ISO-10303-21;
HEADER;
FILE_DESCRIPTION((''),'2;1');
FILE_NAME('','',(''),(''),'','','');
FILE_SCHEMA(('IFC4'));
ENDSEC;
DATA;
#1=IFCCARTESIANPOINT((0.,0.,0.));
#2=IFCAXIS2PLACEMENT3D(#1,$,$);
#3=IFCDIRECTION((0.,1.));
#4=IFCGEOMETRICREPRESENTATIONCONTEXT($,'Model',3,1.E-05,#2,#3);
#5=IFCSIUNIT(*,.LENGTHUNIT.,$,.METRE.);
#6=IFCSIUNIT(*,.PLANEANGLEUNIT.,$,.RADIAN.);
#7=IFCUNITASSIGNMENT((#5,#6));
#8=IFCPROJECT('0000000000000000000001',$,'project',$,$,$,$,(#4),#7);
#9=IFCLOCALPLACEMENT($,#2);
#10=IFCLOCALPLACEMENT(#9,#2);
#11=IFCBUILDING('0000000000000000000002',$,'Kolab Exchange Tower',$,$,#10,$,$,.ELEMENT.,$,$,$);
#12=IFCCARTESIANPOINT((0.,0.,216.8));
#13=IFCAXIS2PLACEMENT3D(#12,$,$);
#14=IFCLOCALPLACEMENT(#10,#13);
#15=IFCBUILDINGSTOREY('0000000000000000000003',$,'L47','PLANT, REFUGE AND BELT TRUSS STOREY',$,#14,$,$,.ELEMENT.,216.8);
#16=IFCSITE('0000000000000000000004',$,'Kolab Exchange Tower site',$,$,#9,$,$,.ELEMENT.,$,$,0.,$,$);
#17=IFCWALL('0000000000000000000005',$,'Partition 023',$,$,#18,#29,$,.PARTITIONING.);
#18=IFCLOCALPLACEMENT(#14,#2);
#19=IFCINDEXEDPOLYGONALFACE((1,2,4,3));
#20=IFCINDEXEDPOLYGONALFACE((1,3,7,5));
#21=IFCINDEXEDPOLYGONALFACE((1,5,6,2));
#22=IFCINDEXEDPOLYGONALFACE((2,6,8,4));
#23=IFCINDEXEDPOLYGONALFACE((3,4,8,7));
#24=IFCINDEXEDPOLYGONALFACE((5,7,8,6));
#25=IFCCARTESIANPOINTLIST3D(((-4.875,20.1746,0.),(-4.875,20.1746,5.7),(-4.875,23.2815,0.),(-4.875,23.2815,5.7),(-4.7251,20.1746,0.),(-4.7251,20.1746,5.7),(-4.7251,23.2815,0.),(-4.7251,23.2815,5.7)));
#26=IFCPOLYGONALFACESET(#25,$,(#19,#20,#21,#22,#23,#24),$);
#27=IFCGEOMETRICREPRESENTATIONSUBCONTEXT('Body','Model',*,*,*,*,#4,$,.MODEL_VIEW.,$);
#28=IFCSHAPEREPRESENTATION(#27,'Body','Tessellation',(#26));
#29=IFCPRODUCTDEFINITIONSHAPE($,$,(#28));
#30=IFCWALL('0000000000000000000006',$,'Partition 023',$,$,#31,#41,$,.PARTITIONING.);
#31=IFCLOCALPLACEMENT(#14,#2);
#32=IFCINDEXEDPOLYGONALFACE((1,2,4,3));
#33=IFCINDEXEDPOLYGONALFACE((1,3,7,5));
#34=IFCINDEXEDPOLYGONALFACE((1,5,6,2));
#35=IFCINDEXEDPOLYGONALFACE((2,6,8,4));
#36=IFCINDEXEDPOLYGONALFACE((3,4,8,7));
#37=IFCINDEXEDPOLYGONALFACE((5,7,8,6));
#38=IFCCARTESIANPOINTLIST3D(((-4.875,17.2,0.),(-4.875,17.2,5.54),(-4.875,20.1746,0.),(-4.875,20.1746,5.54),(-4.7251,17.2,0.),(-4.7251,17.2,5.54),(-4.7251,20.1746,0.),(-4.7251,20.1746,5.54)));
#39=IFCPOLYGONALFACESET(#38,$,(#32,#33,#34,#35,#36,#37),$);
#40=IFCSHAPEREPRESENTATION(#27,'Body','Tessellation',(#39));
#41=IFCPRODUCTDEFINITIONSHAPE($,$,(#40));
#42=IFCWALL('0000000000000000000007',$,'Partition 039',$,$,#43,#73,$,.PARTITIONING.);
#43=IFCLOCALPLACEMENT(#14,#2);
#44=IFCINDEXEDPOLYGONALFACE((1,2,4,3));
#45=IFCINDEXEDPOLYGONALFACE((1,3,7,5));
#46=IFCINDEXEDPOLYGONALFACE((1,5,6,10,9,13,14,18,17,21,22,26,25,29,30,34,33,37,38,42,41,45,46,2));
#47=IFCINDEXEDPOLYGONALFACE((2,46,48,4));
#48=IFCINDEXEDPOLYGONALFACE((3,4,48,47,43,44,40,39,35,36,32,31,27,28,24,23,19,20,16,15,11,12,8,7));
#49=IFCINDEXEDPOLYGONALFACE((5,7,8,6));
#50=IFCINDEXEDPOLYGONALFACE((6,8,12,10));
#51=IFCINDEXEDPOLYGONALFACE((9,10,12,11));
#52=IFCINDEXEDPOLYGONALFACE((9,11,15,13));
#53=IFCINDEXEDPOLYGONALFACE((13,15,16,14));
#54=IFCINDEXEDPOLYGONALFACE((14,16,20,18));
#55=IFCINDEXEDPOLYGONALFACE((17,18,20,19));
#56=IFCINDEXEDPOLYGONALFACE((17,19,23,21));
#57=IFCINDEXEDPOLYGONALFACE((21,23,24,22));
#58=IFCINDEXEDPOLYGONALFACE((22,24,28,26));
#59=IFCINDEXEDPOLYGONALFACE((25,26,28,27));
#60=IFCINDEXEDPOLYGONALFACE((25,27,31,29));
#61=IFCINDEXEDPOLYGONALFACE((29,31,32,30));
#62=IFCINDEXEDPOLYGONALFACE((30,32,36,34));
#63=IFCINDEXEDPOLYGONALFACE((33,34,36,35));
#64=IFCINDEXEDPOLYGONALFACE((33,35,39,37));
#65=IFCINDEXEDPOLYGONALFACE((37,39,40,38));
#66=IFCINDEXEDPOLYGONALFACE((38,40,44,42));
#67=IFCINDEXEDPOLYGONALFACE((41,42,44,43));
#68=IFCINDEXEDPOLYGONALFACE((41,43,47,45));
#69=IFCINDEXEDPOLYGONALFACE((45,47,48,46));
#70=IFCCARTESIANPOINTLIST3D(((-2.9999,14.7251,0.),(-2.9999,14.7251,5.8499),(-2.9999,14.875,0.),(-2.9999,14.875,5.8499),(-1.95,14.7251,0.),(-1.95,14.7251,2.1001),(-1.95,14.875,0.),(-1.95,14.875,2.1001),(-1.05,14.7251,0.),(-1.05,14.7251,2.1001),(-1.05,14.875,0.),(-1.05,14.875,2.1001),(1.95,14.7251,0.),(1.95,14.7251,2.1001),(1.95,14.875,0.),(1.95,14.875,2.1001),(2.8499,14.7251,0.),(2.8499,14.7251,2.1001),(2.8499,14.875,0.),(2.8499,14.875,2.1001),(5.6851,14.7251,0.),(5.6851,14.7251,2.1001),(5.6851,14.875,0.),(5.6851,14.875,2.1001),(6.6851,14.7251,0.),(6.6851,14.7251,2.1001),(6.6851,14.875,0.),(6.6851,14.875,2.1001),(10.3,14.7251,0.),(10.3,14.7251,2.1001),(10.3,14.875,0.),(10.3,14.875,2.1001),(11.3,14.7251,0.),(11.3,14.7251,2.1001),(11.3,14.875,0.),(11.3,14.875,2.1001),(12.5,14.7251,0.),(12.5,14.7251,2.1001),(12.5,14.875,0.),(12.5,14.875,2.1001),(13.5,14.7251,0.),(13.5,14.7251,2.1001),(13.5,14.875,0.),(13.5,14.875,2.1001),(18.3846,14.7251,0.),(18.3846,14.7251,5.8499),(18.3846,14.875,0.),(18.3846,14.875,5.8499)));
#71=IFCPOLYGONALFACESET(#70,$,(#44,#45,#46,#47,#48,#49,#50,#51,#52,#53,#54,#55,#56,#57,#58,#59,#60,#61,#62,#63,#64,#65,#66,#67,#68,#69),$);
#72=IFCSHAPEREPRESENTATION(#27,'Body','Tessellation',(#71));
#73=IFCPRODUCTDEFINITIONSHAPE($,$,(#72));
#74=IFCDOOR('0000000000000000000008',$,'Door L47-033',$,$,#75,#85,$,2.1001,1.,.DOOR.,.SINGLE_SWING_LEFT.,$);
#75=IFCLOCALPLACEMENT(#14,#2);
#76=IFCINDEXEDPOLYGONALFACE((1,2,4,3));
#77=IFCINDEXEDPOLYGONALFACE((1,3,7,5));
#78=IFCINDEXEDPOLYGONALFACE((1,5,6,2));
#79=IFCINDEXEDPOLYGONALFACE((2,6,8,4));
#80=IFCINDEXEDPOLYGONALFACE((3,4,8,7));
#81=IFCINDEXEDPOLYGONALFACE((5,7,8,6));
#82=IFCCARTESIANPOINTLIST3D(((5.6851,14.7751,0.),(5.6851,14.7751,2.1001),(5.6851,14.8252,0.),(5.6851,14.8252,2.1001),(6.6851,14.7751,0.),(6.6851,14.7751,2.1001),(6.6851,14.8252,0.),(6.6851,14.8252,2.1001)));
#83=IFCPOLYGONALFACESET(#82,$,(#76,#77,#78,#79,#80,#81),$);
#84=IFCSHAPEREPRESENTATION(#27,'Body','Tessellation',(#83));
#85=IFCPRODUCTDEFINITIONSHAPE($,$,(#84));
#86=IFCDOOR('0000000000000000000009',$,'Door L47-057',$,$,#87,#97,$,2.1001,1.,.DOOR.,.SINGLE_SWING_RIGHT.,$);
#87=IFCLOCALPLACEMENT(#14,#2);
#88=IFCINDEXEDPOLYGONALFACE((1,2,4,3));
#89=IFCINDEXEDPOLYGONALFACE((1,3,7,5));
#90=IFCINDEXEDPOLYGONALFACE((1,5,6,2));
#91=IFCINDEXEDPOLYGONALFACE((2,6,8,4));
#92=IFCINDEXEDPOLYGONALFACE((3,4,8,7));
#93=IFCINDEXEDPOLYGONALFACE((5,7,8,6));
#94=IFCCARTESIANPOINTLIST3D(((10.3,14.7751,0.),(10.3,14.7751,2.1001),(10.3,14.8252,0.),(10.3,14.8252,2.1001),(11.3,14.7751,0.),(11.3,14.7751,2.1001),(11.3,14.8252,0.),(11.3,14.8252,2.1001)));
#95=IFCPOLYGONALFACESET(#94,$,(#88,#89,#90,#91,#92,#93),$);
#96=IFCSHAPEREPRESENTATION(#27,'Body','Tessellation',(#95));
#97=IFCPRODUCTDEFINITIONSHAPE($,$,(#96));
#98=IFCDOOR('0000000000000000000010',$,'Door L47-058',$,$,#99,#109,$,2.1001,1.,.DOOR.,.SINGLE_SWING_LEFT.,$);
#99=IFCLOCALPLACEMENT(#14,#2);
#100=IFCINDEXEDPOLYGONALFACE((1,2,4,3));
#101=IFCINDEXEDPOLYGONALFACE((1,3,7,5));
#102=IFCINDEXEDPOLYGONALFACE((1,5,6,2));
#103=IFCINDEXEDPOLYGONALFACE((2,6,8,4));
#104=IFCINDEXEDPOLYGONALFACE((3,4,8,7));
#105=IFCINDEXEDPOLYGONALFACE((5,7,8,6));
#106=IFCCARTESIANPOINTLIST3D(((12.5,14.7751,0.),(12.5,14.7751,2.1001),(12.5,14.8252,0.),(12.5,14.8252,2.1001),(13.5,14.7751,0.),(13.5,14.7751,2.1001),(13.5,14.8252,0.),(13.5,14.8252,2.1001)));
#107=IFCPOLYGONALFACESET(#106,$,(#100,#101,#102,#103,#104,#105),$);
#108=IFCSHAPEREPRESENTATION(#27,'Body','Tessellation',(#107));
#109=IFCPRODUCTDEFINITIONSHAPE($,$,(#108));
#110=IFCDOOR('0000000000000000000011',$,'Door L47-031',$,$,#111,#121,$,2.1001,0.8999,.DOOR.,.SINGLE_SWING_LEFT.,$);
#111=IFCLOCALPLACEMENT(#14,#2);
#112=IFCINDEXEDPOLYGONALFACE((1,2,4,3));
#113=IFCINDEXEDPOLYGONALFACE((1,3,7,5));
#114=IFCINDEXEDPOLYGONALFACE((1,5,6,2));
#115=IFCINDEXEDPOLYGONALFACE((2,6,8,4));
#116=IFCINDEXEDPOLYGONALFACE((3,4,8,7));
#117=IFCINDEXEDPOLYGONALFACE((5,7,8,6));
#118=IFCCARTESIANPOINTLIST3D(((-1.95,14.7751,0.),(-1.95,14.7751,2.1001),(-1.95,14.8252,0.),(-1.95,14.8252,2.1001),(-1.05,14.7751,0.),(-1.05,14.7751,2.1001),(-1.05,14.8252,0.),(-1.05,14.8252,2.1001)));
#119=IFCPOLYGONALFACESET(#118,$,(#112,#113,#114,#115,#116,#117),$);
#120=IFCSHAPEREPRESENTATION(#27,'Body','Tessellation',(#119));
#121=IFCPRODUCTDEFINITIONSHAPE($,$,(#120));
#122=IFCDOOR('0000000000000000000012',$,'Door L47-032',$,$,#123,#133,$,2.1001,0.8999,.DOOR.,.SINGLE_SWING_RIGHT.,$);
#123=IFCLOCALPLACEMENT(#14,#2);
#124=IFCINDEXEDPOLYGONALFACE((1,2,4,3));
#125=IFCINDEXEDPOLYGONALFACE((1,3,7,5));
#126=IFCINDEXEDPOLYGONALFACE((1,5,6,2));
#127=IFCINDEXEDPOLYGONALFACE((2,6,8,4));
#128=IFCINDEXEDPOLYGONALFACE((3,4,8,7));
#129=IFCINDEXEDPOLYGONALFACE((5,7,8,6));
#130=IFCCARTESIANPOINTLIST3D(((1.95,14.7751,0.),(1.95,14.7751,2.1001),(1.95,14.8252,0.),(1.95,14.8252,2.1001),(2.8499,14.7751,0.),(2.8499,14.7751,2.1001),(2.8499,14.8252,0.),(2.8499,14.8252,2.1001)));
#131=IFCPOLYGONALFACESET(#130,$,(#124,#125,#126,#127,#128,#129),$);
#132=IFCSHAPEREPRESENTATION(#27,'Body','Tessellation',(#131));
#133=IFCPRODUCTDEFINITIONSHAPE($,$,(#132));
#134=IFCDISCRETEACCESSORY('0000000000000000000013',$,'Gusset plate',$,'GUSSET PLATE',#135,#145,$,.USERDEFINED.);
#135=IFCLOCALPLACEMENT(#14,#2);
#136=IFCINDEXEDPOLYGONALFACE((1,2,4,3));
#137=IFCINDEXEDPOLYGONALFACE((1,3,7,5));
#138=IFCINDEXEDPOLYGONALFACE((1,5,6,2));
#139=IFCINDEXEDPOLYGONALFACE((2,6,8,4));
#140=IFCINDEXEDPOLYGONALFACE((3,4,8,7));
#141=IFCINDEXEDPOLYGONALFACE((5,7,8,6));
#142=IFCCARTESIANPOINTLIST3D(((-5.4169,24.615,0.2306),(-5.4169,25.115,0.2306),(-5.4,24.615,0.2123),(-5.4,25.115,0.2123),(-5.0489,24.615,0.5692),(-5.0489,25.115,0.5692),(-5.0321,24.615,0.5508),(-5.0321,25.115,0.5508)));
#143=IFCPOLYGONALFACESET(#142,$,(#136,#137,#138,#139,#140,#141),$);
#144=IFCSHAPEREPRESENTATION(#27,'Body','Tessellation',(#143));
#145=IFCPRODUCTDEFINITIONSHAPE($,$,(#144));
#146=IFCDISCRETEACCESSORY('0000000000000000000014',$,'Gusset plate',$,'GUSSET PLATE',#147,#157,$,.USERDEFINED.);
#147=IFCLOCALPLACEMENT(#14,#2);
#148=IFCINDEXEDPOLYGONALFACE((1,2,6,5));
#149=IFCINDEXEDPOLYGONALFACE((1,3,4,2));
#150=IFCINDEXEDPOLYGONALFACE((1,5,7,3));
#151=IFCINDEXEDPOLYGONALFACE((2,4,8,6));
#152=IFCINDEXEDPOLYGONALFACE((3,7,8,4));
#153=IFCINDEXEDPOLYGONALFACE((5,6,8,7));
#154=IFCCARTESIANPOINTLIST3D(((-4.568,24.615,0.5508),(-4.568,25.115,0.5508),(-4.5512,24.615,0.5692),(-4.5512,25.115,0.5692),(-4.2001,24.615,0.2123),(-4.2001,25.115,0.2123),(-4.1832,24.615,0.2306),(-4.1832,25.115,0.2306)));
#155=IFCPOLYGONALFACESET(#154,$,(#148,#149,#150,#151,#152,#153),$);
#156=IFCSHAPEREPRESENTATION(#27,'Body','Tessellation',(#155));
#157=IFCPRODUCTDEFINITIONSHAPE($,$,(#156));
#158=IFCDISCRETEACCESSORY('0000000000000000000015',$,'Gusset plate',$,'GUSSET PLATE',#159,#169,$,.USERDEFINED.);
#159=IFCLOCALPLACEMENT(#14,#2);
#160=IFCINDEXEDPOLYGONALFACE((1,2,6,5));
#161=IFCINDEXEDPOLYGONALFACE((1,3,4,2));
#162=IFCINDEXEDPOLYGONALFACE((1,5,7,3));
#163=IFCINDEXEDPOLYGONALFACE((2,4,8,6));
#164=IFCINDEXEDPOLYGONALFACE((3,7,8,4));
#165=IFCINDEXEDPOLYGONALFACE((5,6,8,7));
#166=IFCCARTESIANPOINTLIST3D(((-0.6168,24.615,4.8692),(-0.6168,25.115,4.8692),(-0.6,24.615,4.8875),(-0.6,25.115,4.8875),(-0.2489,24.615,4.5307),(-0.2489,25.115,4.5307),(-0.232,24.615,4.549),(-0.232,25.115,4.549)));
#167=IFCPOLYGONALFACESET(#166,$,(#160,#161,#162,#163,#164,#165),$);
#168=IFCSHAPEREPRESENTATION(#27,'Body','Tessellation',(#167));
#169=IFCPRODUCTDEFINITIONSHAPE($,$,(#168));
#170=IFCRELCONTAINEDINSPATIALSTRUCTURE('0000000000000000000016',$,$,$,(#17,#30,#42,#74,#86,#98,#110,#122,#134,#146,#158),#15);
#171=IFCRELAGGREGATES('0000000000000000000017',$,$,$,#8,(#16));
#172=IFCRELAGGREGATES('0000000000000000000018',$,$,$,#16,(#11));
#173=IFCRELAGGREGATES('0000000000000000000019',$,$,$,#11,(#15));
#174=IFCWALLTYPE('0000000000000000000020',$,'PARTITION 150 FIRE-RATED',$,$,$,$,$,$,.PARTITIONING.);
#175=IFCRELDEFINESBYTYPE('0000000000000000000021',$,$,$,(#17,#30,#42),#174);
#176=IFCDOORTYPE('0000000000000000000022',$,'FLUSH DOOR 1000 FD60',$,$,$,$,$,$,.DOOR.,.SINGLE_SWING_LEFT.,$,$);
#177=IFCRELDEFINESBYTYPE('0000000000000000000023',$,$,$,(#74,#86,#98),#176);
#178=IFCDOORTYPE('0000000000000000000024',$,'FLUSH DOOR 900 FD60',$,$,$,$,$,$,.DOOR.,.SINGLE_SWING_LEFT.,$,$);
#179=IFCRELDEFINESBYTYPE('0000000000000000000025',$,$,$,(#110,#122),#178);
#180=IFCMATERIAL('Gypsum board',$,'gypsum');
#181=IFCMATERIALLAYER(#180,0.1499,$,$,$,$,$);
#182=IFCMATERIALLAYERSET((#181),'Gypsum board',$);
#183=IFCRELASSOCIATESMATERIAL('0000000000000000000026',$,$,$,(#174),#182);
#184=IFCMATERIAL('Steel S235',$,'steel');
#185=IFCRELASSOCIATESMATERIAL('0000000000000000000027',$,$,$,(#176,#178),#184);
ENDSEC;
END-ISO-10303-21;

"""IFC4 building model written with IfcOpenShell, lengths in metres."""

from ifc_helpers import new_model, si_unit, direction, frame, frame_2d, origin, origin_2d, place, context, subcontext, project, spatial, rectangle, extrude, material, layer, layer_set, type_object, element, fill, save


model = new_model("IFC4")

# Units and contexts
model_context = context("Model", 3, precision=1e-05, world=origin(), true_north=direction((0.0, 1.0)))
body_context = subcontext(model_context, "Body", "Model", "MODEL_VIEW")
ifc_project = project(units=[si_unit("LENGTHUNIT", "METRE"), si_unit("PLANEANGLEUNIT", "RADIAN")], contexts=[model_context])

# Site, building, storey
site_placement = place(None, origin())
site = spatial("IfcSite", under=ifc_project, at=site_placement, Name="Kolab Exchange Tower site", CompositionType="ELEMENT", RefElevation=0.0)
building_placement = place(site_placement, origin())
building = spatial("IfcBuilding", under=site, at=building_placement, Name="Kolab Exchange Tower", CompositionType="ELEMENT")
storey_placement = place(building_placement, frame((0.0, 0.0, 216.8)))
storey = spatial("IfcBuildingStorey", under=building, at=storey_placement, Name="L47", Description="PLANT, REFUGE AND BELT TRUSS STOREY", CompositionType="ELEMENT", Elevation=216.8)

# Walls
ifc_material_1 = material(Name="Gypsum board", Category="gypsum")
ifc_layer_1 = layer(ifc_material_1, 0.1499)
ifc_layer_set_1 = layer_set([ifc_layer_1], Name="Gypsum board")
wall_type_1 = type_object("IfcWallType", Name="PARTITION 150 FIRE-RATED", PredefinedType="PARTITIONING", material=ifc_layer_set_1)
wall_1_placement = place(storey_placement, frame((-4.8, 20.1746, 0.0), z_axis=(0.0, 0.0, 1.0), x_axis=(0.0, 1.0, 0.0)))
element("IfcWall", 1, at=wall_1_placement, inside=storey, type_object=wall_type_1, Name="Partition 023", PredefinedType="PARTITIONING", context=body_context, shape_type="SweptSolid", body=[
    extrude(rectangle(XDim=3.1069, YDim=0.1499, at=frame_2d((1.5535, 0.0))), origin(), (0.0, 0.0, 1.0), 5.7),
])
wall_2_placement = place(storey_placement, frame((-4.8, 17.2, 0.0), z_axis=(0.0, 0.0, 1.0), x_axis=(0.0, 1.0, 0.0)))
element("IfcWall", 2, at=wall_2_placement, inside=storey, type_object=wall_type_1, Name="Partition 023", PredefinedType="PARTITIONING", context=body_context, shape_type="SweptSolid", body=[
    extrude(rectangle(XDim=2.9746, YDim=0.1499, at=frame_2d((1.4873, 0.0))), origin(), (0.0, 0.0, 1.0), 5.54),
])

# Wall, openings, doors
wall_3_placement = place(storey_placement, frame((-3.0, 14.8, 0.0), z_axis=(0.0, 0.0, 1.0), x_axis=(1.0, 0.0, 0.0)))
wall_3 = element("IfcWall", 3, at=wall_3_placement, inside=storey, type_object=wall_type_1, Name="Partition 039", PredefinedType="PARTITIONING", context=body_context, shape_type="SweptSolid", body=[
    extrude(rectangle(XDim=21.3845, YDim=0.1499, at=frame_2d((10.6924, 0.0))), origin(), (0.0, 0.0, 1.0), 5.8499),
])
opening_1_placement = place(wall_3_placement, frame((1.05, 0.0, 0.0)))
opening_1 = element("IfcOpeningElement", 4, at=opening_1_placement, cuts=wall_3, PredefinedType="OPENING", context=body_context, shape_type="SweptSolid", body=[
    extrude(rectangle(XDim=0.8999, YDim=2.1001, at=frame_2d((0.45, 1.05))), frame((0.0, 0.085, 0.0), z_axis=(0.0, -1.0, 0.0), x_axis=(1.0, 0.0, 0.0)), (0.0, 0.0, 1.0), 0.1699),
])
opening_2_placement = place(wall_3_placement, frame((4.95, 0.0, 0.0)))
opening_2 = element("IfcOpeningElement", 5, at=opening_2_placement, cuts=wall_3, PredefinedType="OPENING", context=body_context, shape_type="SweptSolid", body=[
    extrude(rectangle(XDim=0.8999, YDim=2.1001, at=frame_2d((0.45, 1.05))), frame((0.0, 0.085, 0.0), z_axis=(0.0, -1.0, 0.0), x_axis=(1.0, 0.0, 0.0)), (0.0, 0.0, 1.0), 0.1699),
])
opening_3_placement = place(wall_3_placement, frame((8.6851, 0.0, 0.0)))
opening_3 = element("IfcOpeningElement", 6, at=opening_3_placement, cuts=wall_3, PredefinedType="OPENING", context=body_context, shape_type="SweptSolid", body=[
    extrude(rectangle(XDim=1.0, YDim=2.1001, at=frame_2d((0.5, 1.05))), frame((0.0, 0.085, 0.0), z_axis=(0.0, -1.0, 0.0), x_axis=(1.0, 0.0, 0.0)), (0.0, 0.0, 1.0), 0.1699),
])
opening_4_placement = place(wall_3_placement, frame((13.3, 0.0, 0.0)))
opening_4 = element("IfcOpeningElement", 7, at=opening_4_placement, cuts=wall_3, PredefinedType="OPENING", context=body_context, shape_type="SweptSolid", body=[
    extrude(rectangle(XDim=1.0, YDim=2.1001, at=frame_2d((0.5, 1.05))), frame((0.0, 0.085, 0.0), z_axis=(0.0, -1.0, 0.0), x_axis=(1.0, 0.0, 0.0)), (0.0, 0.0, 1.0), 0.1699),
])
opening_5_placement = place(wall_3_placement, frame((15.5, 0.0, 0.0)))
opening_5 = element("IfcOpeningElement", 8, at=opening_5_placement, cuts=wall_3, PredefinedType="OPENING", context=body_context, shape_type="SweptSolid", body=[
    extrude(rectangle(XDim=1.0, YDim=2.1001, at=frame_2d((0.5, 1.05))), frame((0.0, 0.085, 0.0), z_axis=(0.0, -1.0, 0.0), x_axis=(1.0, 0.0, 0.0)), (0.0, 0.0, 1.0), 0.1699),
])
ifc_material_2 = material(Name="Steel S235", Category="steel")
door_type_1 = type_object("IfcDoorType", Name="FLUSH DOOR 1000 FD60", OperationType="SINGLE_SWING_LEFT", PredefinedType="DOOR", material=ifc_material_2)
door_1_placement = place(opening_3_placement, frame((1.0, 0.0, 0.0), z_axis=(0.0, 0.0, 1.0), x_axis=(-1.0, 0.0, 0.0)))
door_1 = element("IfcDoor", 9, at=door_1_placement, inside=storey, type_object=door_type_1, Name="Door L47-033", OperationType="SINGLE_SWING_LEFT", OverallHeight=2.1001, OverallWidth=1.0, PredefinedType="DOOR", context=body_context, shape_type="SweptSolid", body=[
    extrude(rectangle(XDim=1.0, YDim=2.1001, at=frame_2d((0.5, 1.05))), frame((0.0, 0.0249, 0.0), z_axis=(0.0, -1.0, 0.0), x_axis=(1.0, 0.0, 0.0)), (0.0, 0.0, 1.0), 0.05),
])
fill(opening_3, door_1)
door_2_placement = place(opening_4_placement, frame((1.0, 0.0, 0.0), z_axis=(0.0, 0.0, 1.0), x_axis=(-1.0, 0.0, 0.0)))
door_2 = element("IfcDoor", 10, at=door_2_placement, inside=storey, type_object=door_type_1, Name="Door L47-057", OperationType="SINGLE_SWING_RIGHT", OverallHeight=2.1001, OverallWidth=1.0, PredefinedType="DOOR", context=body_context, shape_type="SweptSolid", body=[
    extrude(rectangle(XDim=1.0, YDim=2.1001, at=frame_2d((0.5, 1.05))), frame((0.0, 0.0249, 0.0), z_axis=(0.0, -1.0, 0.0), x_axis=(1.0, 0.0, 0.0)), (0.0, 0.0, 1.0), 0.05),
])
fill(opening_4, door_2)
door_3_placement = place(opening_5_placement, frame((1.0, 0.0, 0.0), z_axis=(0.0, 0.0, 1.0), x_axis=(-1.0, 0.0, 0.0)))
door_3 = element("IfcDoor", 11, at=door_3_placement, inside=storey, type_object=door_type_1, Name="Door L47-058", OperationType="SINGLE_SWING_LEFT", OverallHeight=2.1001, OverallWidth=1.0, PredefinedType="DOOR", context=body_context, shape_type="SweptSolid", body=[
    extrude(rectangle(XDim=1.0, YDim=2.1001, at=frame_2d((0.5, 1.05))), frame((0.0, 0.0249, 0.0), z_axis=(0.0, -1.0, 0.0), x_axis=(1.0, 0.0, 0.0)), (0.0, 0.0, 1.0), 0.05),
])
fill(opening_5, door_3)
door_type_2 = type_object("IfcDoorType", Name="FLUSH DOOR 900 FD60", OperationType="SINGLE_SWING_LEFT", PredefinedType="DOOR", material=ifc_material_2)
door_4_placement = place(opening_1_placement, frame((0.8999, 0.0, 0.0), z_axis=(0.0, 0.0, 1.0), x_axis=(-1.0, 0.0, 0.0)))
door_4 = element("IfcDoor", 12, at=door_4_placement, inside=storey, type_object=door_type_2, Name="Door L47-031", OperationType="SINGLE_SWING_LEFT", OverallHeight=2.1001, OverallWidth=0.8999, PredefinedType="DOOR", context=body_context, shape_type="SweptSolid", body=[
    extrude(rectangle(XDim=0.8999, YDim=2.1001, at=frame_2d((0.45, 1.05))), frame((0.0, 0.0249, 0.0), z_axis=(0.0, -1.0, 0.0), x_axis=(1.0, 0.0, 0.0)), (0.0, 0.0, 1.0), 0.05),
])
fill(opening_1, door_4)
door_5_placement = place(opening_2_placement, frame((0.8999, 0.0, 0.0), z_axis=(0.0, 0.0, 1.0), x_axis=(-1.0, 0.0, 0.0)))
door_5 = element("IfcDoor", 13, at=door_5_placement, inside=storey, type_object=door_type_2, Name="Door L47-032", OperationType="SINGLE_SWING_RIGHT", OverallHeight=2.1001, OverallWidth=0.8999, PredefinedType="DOOR", context=body_context, shape_type="SweptSolid", body=[
    extrude(rectangle(XDim=0.8999, YDim=2.1001, at=frame_2d((0.45, 1.05))), frame((0.0, 0.0249, 0.0), z_axis=(0.0, -1.0, 0.0), x_axis=(1.0, 0.0, 0.0)), (0.0, 0.0, 1.0), 0.05),
])
fill(opening_2, door_5)

# Discrete accessories
for number, where, z_axis, x_axis, name in (
    (14, (-5.2329, 24.865, 0.3999), (0.677057, 0.0, -0.735931), (0.0, 1.0, 0.0), "Gusset plate"),
    (15, (-4.3672, 24.865, 0.3999), (-0.677057, 0.0, -0.735931), (0.0, -1.0, 0.0), "Gusset plate"),
    (16, (-0.4329, 24.865, 4.7), (0.677057, 0.0, 0.735931), (0.0, 1.0, 0.0), "Gusset plate"),
):
    element("IfcDiscreteAccessory", number, at=place(storey_placement, frame(where, z_axis=z_axis, x_axis=x_axis)), inside=storey, Name=name, ObjectType="GUSSET PLATE", PredefinedType="USERDEFINED", context=body_context, shape_type="SweptSolid", body=[
        extrude(rectangle(XDim=0.5, YDim=0.5, at=origin_2d()), origin(), (0.0, 0.0, 1.0), 0.0249),
    ])

save(model, "model.ifc")
